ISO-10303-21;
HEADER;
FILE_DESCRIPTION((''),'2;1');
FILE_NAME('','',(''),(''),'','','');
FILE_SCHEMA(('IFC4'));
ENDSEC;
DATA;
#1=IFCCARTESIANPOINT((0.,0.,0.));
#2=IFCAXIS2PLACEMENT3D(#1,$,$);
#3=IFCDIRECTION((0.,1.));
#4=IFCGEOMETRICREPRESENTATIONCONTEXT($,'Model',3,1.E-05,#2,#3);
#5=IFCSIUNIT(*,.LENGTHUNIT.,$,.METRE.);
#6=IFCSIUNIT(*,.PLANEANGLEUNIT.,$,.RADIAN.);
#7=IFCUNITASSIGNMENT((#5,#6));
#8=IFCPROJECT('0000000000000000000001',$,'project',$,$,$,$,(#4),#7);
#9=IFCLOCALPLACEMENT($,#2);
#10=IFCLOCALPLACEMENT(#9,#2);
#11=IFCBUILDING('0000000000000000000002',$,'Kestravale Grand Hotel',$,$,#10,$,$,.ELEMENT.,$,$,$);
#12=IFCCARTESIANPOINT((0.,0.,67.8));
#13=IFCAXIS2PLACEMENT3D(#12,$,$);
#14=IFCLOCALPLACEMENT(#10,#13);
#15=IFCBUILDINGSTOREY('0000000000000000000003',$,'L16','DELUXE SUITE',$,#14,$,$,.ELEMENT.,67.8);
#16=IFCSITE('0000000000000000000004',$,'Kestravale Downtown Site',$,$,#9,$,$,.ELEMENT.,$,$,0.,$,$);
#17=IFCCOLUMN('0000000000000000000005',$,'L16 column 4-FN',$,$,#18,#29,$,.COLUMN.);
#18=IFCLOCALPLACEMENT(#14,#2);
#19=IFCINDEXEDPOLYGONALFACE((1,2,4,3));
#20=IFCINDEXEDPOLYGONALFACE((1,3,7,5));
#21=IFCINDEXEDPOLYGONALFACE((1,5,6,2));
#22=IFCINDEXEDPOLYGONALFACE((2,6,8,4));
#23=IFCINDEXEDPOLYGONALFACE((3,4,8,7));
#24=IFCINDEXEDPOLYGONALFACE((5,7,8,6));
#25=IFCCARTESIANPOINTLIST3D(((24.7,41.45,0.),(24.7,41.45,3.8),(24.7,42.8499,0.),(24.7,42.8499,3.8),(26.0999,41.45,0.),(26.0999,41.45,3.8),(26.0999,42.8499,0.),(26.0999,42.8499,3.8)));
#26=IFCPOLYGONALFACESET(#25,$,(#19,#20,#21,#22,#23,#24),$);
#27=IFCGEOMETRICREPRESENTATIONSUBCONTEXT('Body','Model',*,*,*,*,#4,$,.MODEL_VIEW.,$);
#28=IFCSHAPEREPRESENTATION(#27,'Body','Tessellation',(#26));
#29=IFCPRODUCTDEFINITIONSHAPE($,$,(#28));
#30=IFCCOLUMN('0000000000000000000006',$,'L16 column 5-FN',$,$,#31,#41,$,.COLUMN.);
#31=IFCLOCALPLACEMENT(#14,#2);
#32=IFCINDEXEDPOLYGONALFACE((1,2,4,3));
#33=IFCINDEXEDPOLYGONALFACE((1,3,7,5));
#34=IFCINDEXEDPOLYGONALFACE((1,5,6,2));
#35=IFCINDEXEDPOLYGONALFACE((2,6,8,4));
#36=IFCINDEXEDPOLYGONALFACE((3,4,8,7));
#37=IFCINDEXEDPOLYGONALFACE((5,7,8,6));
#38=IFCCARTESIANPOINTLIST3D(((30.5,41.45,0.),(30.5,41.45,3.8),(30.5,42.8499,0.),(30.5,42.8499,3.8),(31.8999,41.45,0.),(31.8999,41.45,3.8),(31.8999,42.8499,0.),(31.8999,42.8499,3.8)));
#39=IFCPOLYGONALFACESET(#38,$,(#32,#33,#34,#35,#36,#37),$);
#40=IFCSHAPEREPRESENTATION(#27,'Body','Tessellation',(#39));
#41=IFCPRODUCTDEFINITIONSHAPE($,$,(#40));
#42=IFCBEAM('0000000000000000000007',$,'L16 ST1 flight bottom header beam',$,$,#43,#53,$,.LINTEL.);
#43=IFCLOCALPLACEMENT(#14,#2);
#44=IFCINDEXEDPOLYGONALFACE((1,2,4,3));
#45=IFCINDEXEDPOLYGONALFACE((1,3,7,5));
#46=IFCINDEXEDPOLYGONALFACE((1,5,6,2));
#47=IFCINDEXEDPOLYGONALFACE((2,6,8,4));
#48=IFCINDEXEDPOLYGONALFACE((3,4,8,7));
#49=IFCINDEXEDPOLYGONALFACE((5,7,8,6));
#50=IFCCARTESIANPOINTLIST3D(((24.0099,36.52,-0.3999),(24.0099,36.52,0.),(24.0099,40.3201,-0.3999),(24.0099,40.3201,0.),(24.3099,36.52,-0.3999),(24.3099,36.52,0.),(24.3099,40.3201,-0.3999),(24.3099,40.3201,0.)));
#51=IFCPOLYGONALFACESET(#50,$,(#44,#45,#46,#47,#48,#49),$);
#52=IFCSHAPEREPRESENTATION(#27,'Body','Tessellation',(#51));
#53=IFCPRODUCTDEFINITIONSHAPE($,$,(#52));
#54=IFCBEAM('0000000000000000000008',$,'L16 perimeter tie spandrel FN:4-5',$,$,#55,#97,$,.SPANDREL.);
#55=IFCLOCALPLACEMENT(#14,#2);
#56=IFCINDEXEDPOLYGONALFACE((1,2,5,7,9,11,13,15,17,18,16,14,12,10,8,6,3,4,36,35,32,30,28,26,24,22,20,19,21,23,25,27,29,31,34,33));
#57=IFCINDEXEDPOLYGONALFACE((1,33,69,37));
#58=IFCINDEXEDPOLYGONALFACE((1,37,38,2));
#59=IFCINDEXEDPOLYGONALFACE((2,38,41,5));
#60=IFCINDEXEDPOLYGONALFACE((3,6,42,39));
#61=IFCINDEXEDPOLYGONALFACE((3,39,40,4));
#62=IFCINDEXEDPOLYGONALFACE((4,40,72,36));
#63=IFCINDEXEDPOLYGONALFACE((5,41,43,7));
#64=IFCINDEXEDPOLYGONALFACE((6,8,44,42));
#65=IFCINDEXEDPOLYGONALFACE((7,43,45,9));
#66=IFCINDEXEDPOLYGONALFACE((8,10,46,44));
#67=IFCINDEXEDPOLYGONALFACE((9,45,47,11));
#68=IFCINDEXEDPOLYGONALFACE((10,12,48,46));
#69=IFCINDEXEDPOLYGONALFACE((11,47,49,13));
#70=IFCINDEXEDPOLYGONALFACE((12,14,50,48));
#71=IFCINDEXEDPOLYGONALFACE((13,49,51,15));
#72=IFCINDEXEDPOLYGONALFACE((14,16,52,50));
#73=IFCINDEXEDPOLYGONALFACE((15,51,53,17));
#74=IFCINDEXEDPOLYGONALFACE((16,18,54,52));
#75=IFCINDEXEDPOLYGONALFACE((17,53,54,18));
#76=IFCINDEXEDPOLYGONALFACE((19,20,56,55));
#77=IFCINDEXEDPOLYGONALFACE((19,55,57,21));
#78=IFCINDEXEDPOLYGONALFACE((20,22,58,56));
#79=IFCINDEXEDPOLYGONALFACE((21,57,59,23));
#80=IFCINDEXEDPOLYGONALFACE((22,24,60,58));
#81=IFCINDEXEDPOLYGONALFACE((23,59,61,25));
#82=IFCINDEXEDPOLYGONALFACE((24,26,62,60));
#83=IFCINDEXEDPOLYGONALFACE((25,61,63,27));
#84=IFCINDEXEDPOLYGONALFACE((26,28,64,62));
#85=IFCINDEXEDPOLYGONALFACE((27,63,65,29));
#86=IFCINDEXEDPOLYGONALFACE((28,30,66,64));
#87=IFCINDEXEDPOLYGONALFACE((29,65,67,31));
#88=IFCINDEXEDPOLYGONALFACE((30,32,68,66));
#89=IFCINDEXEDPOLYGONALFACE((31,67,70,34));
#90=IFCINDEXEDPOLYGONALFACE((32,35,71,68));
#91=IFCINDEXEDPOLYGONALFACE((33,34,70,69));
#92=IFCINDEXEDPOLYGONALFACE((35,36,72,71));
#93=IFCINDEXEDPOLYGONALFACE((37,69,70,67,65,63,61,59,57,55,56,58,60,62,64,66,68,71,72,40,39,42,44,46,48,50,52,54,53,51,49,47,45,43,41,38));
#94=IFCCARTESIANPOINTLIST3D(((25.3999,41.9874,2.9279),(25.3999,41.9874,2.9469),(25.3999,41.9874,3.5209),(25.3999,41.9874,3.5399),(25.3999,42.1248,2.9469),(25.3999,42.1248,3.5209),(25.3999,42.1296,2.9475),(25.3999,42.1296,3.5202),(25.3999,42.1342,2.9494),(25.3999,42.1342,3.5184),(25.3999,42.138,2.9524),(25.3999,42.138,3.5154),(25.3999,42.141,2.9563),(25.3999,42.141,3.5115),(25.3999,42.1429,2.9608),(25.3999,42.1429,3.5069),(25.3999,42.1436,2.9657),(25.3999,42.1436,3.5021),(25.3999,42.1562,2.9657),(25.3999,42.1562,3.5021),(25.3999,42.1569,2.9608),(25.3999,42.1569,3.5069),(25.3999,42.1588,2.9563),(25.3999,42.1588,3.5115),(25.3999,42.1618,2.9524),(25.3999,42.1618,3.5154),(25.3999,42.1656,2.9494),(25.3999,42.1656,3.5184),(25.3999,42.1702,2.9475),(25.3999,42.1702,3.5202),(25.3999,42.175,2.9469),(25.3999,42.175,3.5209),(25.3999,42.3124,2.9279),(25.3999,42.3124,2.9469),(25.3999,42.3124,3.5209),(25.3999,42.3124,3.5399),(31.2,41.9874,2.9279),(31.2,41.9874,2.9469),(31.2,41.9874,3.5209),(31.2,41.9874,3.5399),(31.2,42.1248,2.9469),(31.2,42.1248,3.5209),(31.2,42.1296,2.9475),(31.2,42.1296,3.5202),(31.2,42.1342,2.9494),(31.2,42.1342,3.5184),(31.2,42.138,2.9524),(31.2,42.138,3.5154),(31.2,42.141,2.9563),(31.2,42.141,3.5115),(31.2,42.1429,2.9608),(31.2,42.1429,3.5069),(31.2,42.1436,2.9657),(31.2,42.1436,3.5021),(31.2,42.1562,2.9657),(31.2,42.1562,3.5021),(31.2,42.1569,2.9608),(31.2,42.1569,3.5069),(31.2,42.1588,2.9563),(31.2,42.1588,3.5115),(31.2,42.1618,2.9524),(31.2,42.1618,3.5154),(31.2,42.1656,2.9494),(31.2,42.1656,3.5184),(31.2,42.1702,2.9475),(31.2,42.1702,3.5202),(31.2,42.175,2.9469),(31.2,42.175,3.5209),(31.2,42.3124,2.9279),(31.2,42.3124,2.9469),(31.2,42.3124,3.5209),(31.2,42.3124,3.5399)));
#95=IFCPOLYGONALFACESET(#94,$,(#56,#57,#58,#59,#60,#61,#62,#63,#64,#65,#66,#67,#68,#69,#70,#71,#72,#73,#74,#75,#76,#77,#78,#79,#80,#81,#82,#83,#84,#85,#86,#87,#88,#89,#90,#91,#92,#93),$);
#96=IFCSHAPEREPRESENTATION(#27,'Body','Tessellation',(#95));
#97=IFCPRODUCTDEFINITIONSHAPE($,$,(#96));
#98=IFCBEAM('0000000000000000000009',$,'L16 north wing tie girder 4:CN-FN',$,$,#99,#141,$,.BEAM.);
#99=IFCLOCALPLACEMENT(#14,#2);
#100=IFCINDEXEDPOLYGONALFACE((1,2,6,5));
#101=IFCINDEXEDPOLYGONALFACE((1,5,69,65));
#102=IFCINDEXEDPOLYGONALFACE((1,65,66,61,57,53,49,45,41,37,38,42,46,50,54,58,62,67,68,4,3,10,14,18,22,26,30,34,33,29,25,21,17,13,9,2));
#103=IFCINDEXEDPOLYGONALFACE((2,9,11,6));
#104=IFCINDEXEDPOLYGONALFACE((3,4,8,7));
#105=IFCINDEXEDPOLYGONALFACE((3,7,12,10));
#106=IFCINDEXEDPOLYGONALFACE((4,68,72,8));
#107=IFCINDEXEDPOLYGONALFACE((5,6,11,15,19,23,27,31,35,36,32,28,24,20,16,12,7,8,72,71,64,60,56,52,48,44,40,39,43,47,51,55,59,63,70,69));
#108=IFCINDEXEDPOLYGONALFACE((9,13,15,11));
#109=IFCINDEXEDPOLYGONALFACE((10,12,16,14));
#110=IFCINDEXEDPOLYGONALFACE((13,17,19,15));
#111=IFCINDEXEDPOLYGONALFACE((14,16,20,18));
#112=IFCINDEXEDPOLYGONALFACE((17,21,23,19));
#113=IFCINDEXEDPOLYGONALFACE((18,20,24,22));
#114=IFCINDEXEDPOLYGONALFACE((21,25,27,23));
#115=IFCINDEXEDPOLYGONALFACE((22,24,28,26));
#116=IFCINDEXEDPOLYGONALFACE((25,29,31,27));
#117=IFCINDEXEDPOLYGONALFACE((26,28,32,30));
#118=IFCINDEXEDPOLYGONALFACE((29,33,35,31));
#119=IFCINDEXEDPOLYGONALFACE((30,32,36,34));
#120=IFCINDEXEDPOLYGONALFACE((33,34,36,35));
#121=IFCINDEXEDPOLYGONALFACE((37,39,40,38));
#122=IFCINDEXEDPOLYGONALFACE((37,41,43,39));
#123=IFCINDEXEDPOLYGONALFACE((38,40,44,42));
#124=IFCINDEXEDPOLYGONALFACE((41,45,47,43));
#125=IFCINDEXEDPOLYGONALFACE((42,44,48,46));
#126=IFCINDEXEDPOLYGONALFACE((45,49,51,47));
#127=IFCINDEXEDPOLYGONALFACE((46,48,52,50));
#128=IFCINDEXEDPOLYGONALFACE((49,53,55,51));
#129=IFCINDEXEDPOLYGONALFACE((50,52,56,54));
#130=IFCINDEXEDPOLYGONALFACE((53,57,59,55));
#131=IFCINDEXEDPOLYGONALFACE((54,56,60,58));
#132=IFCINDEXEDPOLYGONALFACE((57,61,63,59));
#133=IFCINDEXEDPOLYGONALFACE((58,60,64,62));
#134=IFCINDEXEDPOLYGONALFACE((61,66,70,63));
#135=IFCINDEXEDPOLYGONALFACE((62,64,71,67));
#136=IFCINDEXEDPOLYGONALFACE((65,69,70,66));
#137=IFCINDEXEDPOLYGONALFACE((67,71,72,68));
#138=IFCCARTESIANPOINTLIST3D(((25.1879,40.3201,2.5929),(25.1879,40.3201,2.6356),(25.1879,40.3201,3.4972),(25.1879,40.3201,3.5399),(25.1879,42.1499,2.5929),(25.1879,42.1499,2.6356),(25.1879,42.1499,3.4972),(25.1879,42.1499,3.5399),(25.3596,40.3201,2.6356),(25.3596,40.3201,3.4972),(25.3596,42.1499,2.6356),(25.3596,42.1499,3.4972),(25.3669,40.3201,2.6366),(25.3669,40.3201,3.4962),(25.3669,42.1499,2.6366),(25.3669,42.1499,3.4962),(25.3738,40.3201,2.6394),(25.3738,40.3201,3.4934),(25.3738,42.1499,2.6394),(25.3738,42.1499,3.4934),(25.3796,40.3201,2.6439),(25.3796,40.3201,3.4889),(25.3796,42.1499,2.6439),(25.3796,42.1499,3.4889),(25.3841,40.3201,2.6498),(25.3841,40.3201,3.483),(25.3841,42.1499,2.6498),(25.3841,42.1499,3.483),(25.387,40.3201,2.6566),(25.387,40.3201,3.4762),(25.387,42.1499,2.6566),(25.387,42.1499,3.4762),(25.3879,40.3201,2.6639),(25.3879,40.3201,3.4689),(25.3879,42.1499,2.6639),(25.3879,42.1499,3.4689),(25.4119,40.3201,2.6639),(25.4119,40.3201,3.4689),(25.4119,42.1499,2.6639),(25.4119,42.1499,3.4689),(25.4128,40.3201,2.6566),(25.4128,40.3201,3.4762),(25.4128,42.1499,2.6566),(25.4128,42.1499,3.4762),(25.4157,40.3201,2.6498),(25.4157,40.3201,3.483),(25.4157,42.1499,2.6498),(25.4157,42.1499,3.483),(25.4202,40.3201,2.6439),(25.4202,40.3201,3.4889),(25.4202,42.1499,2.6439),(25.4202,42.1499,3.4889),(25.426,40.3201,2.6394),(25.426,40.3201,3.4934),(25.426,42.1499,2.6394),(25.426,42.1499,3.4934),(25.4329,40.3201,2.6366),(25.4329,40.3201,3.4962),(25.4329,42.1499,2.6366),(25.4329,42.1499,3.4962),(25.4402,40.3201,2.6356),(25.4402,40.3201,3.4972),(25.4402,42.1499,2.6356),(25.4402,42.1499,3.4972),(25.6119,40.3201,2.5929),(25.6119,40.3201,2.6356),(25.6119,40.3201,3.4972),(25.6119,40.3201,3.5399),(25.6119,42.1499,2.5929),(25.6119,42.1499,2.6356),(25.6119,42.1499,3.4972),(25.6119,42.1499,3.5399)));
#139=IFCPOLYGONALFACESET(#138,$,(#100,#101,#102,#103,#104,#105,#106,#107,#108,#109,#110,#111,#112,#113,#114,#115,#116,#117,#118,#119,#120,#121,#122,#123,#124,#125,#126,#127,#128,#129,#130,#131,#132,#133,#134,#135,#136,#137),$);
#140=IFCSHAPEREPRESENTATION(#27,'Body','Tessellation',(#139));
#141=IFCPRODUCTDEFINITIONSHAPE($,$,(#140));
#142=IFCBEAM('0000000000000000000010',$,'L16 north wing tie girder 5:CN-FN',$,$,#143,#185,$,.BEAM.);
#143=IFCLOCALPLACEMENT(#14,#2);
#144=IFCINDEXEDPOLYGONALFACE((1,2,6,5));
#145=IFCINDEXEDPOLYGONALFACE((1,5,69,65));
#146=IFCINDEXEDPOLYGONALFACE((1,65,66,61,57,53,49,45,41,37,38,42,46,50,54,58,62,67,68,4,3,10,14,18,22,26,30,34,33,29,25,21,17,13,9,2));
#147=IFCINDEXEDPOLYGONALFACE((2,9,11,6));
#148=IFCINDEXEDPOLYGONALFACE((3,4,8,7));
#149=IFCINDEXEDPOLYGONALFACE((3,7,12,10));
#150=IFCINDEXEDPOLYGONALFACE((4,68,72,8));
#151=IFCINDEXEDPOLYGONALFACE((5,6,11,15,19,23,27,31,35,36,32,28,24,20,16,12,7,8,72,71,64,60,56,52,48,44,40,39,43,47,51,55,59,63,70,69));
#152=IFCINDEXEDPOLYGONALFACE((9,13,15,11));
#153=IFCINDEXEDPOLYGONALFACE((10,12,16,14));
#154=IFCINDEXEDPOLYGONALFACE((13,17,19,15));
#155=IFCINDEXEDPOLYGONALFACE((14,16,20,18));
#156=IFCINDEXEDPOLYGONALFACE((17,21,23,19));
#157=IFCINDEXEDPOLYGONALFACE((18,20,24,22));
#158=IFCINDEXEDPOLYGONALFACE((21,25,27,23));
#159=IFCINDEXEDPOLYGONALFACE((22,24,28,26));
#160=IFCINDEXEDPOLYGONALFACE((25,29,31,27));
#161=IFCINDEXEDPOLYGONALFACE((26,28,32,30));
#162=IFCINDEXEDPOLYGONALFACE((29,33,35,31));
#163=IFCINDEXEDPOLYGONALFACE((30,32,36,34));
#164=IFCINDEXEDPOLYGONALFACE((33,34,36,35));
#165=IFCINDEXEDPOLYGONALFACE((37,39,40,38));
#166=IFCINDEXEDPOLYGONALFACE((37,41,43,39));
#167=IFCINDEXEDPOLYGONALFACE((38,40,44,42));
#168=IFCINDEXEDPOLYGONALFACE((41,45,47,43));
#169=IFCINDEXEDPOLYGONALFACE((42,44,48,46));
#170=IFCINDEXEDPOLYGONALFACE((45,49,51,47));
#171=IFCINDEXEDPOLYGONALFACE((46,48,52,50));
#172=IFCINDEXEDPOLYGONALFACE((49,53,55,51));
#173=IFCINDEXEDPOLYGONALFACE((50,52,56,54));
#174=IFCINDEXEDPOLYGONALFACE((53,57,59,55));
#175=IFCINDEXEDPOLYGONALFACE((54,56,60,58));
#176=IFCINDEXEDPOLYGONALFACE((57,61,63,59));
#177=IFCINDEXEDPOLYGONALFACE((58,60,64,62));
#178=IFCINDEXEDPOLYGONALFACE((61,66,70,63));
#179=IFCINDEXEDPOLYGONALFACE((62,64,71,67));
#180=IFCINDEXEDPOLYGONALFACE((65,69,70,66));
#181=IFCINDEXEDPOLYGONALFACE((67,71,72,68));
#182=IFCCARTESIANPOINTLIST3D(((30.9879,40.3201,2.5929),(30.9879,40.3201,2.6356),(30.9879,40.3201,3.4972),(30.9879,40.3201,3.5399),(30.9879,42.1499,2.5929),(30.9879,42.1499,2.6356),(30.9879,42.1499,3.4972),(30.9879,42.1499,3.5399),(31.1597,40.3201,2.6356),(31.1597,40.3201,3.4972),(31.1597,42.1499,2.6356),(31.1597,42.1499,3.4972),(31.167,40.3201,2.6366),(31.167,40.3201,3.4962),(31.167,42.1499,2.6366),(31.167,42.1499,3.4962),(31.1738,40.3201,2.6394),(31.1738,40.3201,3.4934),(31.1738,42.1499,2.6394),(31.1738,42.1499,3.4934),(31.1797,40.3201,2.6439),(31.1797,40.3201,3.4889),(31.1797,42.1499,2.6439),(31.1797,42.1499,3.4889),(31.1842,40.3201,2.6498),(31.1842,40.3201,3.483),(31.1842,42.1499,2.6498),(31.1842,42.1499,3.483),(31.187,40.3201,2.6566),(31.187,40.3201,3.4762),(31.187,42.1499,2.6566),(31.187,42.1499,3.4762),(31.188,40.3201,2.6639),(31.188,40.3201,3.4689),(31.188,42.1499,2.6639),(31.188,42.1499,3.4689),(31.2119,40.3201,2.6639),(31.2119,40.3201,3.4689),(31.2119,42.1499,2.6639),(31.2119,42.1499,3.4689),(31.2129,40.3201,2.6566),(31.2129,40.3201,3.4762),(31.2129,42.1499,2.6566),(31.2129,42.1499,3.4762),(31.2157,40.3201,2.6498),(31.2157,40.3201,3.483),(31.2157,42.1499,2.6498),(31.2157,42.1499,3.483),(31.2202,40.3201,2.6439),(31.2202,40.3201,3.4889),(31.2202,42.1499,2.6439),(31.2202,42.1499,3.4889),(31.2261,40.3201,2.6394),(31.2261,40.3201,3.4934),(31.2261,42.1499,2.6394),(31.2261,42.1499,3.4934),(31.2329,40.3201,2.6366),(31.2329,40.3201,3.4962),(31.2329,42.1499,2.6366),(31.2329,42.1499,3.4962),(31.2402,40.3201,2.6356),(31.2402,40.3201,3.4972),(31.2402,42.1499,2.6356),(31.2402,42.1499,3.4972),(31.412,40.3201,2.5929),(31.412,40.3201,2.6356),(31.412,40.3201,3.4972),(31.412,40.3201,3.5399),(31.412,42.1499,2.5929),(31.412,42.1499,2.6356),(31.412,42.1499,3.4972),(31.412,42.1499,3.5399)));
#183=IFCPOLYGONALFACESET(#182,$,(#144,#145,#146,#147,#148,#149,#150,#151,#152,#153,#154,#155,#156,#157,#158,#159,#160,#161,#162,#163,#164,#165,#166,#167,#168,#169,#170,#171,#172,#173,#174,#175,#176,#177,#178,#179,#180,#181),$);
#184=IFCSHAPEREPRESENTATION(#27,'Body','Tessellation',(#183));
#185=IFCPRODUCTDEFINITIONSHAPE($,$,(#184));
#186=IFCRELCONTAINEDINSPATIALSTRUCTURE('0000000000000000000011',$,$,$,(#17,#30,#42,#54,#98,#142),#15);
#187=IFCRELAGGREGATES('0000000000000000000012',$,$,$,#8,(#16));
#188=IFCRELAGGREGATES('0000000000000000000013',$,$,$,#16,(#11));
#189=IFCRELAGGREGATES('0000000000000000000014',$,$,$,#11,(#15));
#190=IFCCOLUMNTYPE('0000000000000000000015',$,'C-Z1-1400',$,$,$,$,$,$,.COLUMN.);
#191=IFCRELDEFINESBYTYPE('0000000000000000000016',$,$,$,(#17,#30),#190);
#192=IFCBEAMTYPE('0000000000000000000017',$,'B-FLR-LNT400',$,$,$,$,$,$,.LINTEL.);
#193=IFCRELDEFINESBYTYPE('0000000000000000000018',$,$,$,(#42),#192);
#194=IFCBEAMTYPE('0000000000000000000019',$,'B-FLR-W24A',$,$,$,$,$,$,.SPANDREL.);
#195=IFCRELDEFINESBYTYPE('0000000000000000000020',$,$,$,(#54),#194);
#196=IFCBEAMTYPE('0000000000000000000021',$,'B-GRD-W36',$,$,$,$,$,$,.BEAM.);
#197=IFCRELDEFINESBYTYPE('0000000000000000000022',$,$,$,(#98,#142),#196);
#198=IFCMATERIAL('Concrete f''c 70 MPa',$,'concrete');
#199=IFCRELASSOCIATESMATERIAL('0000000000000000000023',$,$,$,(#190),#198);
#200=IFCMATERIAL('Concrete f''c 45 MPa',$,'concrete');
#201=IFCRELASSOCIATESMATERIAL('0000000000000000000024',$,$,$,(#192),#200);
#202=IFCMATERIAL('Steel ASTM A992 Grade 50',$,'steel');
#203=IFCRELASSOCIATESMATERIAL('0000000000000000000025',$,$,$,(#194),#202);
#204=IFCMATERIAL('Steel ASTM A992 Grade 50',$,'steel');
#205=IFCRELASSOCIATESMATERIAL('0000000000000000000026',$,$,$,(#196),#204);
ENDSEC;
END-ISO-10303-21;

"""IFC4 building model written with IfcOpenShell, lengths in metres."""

from ifc_helpers import new_model, si_unit, direction, frame, origin, origin_2d, place, context, subcontext, project, spatial, rectangle, i_section, extrude, material, material_profile, profile_set, type_object, element, save


model = new_model("IFC4")

# Units and contexts
model_context = context("Model", 3, precision=1e-05, world=origin(), true_north=direction((0.0, 1.0)))
body_context = subcontext(model_context, "Body", "Model", "MODEL_VIEW")
ifc_project = project(units=[si_unit("LENGTHUNIT", "METRE"), si_unit("PLANEANGLEUNIT", "RADIAN")], contexts=[model_context])

# Site, building, storey
site_placement = place(None, origin())
site = spatial("IfcSite", under=ifc_project, at=site_placement, Name="Kestravale Downtown Site", CompositionType="ELEMENT", RefElevation=0.0)
building_placement = place(site_placement, origin())
building = spatial("IfcBuilding", under=site, at=building_placement, Name="Kestravale Grand Hotel", CompositionType="ELEMENT")
storey_placement = place(building_placement, frame((0.0, 0.0, 67.8)))
storey = spatial("IfcBuildingStorey", under=building, at=storey_placement, Name="L16", Description="DELUXE SUITE", CompositionType="ELEMENT", Elevation=67.8)

# Columns
ifc_material_1 = material(Name="Concrete f'c 70 MPa", Category="concrete")
ifc_material_profile_1 = material_profile(ifc_material_1, rectangle(XDim=1.3999, YDim=1.3999, at=origin_2d()))
ifc_profile_set_1 = profile_set([ifc_material_profile_1], Name="Concrete f'c 70 MPa")
column_type = type_object("IfcColumnType", Name="C-Z1-1400", PredefinedType="COLUMN", material=ifc_profile_set_1)
for number, where, z_axis, x_axis, name in (
    (1, (25.3999, 42.1499, 0.0), (0.0, 0.0, 1.0), (1.0, 0.0, 0.0), "L16 column 4-FN"),
    (2, (31.2, 42.1499, 0.0), (0.0, 0.0, 1.0), (1.0, 0.0, 0.0), "L16 column 5-FN"),
):
    element("IfcColumn", number, at=place(storey_placement, frame(where, z_axis=z_axis, x_axis=x_axis)), inside=storey, type_object=column_type, Name=name, PredefinedType="COLUMN", context=body_context, shape_type="SweptSolid", body=[
        extrude(rectangle(XDim=1.3999, YDim=1.3999, at=origin_2d()), origin(), (0.0, 0.0, 1.0), 3.8),
    ])

# Beams
ifc_material_2 = material(Name="Concrete f'c 45 MPa", Category="concrete")
ifc_material_profile_2 = material_profile(ifc_material_2, rectangle(XDim=0.3, YDim=0.3999, at=origin_2d()))
ifc_profile_set_2 = profile_set([ifc_material_profile_2], Name="Concrete f'c 45 MPa")
beam_type_1 = type_object("IfcBeamType", Name="B-FLR-LNT400", PredefinedType="LINTEL", material=ifc_profile_set_2)
beam_1_placement = place(storey_placement, frame((24.1599, 36.52, -0.2), z_axis=(0.0, 1.0, 0.0), x_axis=(-1.0, 0.0, 0.0)))
element("IfcBeam", 3, at=beam_1_placement, inside=storey, type_object=beam_type_1, Name="L16 ST1 flight bottom header beam", PredefinedType="LINTEL", context=body_context, shape_type="SweptSolid", body=[
    extrude(rectangle(XDim=0.3, YDim=0.3999, at=origin_2d()), origin(), (0.0, 0.0, 1.0), 3.8),
])
ifc_material_3 = material(Name="Steel ASTM A992 Grade 50", Category="steel")
ifc_material_profile_3 = material_profile(ifc_material_3, i_section(OverallWidth=0.325, OverallDepth=0.6121, WebThickness=0.0127, FlangeThickness=0.019, FilletRadius=0.0188, at=origin_2d()))
ifc_profile_set_3 = profile_set([ifc_material_profile_3], Name="Steel ASTM A992 Grade 50")
beam_type_2 = type_object("IfcBeamType", Name="B-FLR-W24A", PredefinedType="SPANDREL", material=ifc_profile_set_3)
beam_2_placement = place(storey_placement, frame((25.3999, 42.1499, 3.2339), z_axis=(1.0, 0.0, 0.0), x_axis=(0.0, 1.0, 0.0)))
element("IfcBeam", 4, at=beam_2_placement, inside=storey, type_object=beam_type_2, Name="L16 perimeter tie spandrel FN:4-5", PredefinedType="SPANDREL", context=body_context, shape_type="SweptSolid", body=[
    extrude(i_section(OverallWidth=0.325, OverallDepth=0.6121, WebThickness=0.0127, FlangeThickness=0.019, FilletRadius=0.0188, at=origin_2d()), origin(), (0.0, 0.0, 1.0), 5.8),
])
ifc_material_4 = material(Name="Steel ASTM A992 Grade 50", Category="steel")
ifc_material_profile_4 = material_profile(ifc_material_4, i_section(OverallWidth=0.4241, OverallDepth=0.947, WebThickness=0.0239, FlangeThickness=0.0427, FilletRadius=0.0283, at=origin_2d()))
ifc_profile_set_4 = profile_set([ifc_material_profile_4], Name="Steel ASTM A992 Grade 50")
beam_type_3 = type_object("IfcBeamType", Name="B-GRD-W36", PredefinedType="BEAM", material=ifc_profile_set_4)
for number, where, z_axis, x_axis, name in (
    (5, (25.3999, 40.3201, 3.0664), (0.0, 1.0, 0.0), (-1.0, 0.0, 0.0), "L16 north wing tie girder 4:CN-FN"),
    (6, (31.2, 40.3201, 3.0664), (0.0, 1.0, 0.0), (-1.0, 0.0, 0.0), "L16 north wing tie girder 5:CN-FN"),
):
    element("IfcBeam", number, at=place(storey_placement, frame(where, z_axis=z_axis, x_axis=x_axis)), inside=storey, type_object=beam_type_3, Name=name, PredefinedType="BEAM", context=body_context, shape_type="SweptSolid", body=[
        extrude(i_section(OverallWidth=0.4241, OverallDepth=0.947, WebThickness=0.0239, FlangeThickness=0.0427, FilletRadius=0.0283, at=origin_2d()), origin(), (0.0, 0.0, 1.0), 1.8298),
    ])

save(model, "model.ifc")
